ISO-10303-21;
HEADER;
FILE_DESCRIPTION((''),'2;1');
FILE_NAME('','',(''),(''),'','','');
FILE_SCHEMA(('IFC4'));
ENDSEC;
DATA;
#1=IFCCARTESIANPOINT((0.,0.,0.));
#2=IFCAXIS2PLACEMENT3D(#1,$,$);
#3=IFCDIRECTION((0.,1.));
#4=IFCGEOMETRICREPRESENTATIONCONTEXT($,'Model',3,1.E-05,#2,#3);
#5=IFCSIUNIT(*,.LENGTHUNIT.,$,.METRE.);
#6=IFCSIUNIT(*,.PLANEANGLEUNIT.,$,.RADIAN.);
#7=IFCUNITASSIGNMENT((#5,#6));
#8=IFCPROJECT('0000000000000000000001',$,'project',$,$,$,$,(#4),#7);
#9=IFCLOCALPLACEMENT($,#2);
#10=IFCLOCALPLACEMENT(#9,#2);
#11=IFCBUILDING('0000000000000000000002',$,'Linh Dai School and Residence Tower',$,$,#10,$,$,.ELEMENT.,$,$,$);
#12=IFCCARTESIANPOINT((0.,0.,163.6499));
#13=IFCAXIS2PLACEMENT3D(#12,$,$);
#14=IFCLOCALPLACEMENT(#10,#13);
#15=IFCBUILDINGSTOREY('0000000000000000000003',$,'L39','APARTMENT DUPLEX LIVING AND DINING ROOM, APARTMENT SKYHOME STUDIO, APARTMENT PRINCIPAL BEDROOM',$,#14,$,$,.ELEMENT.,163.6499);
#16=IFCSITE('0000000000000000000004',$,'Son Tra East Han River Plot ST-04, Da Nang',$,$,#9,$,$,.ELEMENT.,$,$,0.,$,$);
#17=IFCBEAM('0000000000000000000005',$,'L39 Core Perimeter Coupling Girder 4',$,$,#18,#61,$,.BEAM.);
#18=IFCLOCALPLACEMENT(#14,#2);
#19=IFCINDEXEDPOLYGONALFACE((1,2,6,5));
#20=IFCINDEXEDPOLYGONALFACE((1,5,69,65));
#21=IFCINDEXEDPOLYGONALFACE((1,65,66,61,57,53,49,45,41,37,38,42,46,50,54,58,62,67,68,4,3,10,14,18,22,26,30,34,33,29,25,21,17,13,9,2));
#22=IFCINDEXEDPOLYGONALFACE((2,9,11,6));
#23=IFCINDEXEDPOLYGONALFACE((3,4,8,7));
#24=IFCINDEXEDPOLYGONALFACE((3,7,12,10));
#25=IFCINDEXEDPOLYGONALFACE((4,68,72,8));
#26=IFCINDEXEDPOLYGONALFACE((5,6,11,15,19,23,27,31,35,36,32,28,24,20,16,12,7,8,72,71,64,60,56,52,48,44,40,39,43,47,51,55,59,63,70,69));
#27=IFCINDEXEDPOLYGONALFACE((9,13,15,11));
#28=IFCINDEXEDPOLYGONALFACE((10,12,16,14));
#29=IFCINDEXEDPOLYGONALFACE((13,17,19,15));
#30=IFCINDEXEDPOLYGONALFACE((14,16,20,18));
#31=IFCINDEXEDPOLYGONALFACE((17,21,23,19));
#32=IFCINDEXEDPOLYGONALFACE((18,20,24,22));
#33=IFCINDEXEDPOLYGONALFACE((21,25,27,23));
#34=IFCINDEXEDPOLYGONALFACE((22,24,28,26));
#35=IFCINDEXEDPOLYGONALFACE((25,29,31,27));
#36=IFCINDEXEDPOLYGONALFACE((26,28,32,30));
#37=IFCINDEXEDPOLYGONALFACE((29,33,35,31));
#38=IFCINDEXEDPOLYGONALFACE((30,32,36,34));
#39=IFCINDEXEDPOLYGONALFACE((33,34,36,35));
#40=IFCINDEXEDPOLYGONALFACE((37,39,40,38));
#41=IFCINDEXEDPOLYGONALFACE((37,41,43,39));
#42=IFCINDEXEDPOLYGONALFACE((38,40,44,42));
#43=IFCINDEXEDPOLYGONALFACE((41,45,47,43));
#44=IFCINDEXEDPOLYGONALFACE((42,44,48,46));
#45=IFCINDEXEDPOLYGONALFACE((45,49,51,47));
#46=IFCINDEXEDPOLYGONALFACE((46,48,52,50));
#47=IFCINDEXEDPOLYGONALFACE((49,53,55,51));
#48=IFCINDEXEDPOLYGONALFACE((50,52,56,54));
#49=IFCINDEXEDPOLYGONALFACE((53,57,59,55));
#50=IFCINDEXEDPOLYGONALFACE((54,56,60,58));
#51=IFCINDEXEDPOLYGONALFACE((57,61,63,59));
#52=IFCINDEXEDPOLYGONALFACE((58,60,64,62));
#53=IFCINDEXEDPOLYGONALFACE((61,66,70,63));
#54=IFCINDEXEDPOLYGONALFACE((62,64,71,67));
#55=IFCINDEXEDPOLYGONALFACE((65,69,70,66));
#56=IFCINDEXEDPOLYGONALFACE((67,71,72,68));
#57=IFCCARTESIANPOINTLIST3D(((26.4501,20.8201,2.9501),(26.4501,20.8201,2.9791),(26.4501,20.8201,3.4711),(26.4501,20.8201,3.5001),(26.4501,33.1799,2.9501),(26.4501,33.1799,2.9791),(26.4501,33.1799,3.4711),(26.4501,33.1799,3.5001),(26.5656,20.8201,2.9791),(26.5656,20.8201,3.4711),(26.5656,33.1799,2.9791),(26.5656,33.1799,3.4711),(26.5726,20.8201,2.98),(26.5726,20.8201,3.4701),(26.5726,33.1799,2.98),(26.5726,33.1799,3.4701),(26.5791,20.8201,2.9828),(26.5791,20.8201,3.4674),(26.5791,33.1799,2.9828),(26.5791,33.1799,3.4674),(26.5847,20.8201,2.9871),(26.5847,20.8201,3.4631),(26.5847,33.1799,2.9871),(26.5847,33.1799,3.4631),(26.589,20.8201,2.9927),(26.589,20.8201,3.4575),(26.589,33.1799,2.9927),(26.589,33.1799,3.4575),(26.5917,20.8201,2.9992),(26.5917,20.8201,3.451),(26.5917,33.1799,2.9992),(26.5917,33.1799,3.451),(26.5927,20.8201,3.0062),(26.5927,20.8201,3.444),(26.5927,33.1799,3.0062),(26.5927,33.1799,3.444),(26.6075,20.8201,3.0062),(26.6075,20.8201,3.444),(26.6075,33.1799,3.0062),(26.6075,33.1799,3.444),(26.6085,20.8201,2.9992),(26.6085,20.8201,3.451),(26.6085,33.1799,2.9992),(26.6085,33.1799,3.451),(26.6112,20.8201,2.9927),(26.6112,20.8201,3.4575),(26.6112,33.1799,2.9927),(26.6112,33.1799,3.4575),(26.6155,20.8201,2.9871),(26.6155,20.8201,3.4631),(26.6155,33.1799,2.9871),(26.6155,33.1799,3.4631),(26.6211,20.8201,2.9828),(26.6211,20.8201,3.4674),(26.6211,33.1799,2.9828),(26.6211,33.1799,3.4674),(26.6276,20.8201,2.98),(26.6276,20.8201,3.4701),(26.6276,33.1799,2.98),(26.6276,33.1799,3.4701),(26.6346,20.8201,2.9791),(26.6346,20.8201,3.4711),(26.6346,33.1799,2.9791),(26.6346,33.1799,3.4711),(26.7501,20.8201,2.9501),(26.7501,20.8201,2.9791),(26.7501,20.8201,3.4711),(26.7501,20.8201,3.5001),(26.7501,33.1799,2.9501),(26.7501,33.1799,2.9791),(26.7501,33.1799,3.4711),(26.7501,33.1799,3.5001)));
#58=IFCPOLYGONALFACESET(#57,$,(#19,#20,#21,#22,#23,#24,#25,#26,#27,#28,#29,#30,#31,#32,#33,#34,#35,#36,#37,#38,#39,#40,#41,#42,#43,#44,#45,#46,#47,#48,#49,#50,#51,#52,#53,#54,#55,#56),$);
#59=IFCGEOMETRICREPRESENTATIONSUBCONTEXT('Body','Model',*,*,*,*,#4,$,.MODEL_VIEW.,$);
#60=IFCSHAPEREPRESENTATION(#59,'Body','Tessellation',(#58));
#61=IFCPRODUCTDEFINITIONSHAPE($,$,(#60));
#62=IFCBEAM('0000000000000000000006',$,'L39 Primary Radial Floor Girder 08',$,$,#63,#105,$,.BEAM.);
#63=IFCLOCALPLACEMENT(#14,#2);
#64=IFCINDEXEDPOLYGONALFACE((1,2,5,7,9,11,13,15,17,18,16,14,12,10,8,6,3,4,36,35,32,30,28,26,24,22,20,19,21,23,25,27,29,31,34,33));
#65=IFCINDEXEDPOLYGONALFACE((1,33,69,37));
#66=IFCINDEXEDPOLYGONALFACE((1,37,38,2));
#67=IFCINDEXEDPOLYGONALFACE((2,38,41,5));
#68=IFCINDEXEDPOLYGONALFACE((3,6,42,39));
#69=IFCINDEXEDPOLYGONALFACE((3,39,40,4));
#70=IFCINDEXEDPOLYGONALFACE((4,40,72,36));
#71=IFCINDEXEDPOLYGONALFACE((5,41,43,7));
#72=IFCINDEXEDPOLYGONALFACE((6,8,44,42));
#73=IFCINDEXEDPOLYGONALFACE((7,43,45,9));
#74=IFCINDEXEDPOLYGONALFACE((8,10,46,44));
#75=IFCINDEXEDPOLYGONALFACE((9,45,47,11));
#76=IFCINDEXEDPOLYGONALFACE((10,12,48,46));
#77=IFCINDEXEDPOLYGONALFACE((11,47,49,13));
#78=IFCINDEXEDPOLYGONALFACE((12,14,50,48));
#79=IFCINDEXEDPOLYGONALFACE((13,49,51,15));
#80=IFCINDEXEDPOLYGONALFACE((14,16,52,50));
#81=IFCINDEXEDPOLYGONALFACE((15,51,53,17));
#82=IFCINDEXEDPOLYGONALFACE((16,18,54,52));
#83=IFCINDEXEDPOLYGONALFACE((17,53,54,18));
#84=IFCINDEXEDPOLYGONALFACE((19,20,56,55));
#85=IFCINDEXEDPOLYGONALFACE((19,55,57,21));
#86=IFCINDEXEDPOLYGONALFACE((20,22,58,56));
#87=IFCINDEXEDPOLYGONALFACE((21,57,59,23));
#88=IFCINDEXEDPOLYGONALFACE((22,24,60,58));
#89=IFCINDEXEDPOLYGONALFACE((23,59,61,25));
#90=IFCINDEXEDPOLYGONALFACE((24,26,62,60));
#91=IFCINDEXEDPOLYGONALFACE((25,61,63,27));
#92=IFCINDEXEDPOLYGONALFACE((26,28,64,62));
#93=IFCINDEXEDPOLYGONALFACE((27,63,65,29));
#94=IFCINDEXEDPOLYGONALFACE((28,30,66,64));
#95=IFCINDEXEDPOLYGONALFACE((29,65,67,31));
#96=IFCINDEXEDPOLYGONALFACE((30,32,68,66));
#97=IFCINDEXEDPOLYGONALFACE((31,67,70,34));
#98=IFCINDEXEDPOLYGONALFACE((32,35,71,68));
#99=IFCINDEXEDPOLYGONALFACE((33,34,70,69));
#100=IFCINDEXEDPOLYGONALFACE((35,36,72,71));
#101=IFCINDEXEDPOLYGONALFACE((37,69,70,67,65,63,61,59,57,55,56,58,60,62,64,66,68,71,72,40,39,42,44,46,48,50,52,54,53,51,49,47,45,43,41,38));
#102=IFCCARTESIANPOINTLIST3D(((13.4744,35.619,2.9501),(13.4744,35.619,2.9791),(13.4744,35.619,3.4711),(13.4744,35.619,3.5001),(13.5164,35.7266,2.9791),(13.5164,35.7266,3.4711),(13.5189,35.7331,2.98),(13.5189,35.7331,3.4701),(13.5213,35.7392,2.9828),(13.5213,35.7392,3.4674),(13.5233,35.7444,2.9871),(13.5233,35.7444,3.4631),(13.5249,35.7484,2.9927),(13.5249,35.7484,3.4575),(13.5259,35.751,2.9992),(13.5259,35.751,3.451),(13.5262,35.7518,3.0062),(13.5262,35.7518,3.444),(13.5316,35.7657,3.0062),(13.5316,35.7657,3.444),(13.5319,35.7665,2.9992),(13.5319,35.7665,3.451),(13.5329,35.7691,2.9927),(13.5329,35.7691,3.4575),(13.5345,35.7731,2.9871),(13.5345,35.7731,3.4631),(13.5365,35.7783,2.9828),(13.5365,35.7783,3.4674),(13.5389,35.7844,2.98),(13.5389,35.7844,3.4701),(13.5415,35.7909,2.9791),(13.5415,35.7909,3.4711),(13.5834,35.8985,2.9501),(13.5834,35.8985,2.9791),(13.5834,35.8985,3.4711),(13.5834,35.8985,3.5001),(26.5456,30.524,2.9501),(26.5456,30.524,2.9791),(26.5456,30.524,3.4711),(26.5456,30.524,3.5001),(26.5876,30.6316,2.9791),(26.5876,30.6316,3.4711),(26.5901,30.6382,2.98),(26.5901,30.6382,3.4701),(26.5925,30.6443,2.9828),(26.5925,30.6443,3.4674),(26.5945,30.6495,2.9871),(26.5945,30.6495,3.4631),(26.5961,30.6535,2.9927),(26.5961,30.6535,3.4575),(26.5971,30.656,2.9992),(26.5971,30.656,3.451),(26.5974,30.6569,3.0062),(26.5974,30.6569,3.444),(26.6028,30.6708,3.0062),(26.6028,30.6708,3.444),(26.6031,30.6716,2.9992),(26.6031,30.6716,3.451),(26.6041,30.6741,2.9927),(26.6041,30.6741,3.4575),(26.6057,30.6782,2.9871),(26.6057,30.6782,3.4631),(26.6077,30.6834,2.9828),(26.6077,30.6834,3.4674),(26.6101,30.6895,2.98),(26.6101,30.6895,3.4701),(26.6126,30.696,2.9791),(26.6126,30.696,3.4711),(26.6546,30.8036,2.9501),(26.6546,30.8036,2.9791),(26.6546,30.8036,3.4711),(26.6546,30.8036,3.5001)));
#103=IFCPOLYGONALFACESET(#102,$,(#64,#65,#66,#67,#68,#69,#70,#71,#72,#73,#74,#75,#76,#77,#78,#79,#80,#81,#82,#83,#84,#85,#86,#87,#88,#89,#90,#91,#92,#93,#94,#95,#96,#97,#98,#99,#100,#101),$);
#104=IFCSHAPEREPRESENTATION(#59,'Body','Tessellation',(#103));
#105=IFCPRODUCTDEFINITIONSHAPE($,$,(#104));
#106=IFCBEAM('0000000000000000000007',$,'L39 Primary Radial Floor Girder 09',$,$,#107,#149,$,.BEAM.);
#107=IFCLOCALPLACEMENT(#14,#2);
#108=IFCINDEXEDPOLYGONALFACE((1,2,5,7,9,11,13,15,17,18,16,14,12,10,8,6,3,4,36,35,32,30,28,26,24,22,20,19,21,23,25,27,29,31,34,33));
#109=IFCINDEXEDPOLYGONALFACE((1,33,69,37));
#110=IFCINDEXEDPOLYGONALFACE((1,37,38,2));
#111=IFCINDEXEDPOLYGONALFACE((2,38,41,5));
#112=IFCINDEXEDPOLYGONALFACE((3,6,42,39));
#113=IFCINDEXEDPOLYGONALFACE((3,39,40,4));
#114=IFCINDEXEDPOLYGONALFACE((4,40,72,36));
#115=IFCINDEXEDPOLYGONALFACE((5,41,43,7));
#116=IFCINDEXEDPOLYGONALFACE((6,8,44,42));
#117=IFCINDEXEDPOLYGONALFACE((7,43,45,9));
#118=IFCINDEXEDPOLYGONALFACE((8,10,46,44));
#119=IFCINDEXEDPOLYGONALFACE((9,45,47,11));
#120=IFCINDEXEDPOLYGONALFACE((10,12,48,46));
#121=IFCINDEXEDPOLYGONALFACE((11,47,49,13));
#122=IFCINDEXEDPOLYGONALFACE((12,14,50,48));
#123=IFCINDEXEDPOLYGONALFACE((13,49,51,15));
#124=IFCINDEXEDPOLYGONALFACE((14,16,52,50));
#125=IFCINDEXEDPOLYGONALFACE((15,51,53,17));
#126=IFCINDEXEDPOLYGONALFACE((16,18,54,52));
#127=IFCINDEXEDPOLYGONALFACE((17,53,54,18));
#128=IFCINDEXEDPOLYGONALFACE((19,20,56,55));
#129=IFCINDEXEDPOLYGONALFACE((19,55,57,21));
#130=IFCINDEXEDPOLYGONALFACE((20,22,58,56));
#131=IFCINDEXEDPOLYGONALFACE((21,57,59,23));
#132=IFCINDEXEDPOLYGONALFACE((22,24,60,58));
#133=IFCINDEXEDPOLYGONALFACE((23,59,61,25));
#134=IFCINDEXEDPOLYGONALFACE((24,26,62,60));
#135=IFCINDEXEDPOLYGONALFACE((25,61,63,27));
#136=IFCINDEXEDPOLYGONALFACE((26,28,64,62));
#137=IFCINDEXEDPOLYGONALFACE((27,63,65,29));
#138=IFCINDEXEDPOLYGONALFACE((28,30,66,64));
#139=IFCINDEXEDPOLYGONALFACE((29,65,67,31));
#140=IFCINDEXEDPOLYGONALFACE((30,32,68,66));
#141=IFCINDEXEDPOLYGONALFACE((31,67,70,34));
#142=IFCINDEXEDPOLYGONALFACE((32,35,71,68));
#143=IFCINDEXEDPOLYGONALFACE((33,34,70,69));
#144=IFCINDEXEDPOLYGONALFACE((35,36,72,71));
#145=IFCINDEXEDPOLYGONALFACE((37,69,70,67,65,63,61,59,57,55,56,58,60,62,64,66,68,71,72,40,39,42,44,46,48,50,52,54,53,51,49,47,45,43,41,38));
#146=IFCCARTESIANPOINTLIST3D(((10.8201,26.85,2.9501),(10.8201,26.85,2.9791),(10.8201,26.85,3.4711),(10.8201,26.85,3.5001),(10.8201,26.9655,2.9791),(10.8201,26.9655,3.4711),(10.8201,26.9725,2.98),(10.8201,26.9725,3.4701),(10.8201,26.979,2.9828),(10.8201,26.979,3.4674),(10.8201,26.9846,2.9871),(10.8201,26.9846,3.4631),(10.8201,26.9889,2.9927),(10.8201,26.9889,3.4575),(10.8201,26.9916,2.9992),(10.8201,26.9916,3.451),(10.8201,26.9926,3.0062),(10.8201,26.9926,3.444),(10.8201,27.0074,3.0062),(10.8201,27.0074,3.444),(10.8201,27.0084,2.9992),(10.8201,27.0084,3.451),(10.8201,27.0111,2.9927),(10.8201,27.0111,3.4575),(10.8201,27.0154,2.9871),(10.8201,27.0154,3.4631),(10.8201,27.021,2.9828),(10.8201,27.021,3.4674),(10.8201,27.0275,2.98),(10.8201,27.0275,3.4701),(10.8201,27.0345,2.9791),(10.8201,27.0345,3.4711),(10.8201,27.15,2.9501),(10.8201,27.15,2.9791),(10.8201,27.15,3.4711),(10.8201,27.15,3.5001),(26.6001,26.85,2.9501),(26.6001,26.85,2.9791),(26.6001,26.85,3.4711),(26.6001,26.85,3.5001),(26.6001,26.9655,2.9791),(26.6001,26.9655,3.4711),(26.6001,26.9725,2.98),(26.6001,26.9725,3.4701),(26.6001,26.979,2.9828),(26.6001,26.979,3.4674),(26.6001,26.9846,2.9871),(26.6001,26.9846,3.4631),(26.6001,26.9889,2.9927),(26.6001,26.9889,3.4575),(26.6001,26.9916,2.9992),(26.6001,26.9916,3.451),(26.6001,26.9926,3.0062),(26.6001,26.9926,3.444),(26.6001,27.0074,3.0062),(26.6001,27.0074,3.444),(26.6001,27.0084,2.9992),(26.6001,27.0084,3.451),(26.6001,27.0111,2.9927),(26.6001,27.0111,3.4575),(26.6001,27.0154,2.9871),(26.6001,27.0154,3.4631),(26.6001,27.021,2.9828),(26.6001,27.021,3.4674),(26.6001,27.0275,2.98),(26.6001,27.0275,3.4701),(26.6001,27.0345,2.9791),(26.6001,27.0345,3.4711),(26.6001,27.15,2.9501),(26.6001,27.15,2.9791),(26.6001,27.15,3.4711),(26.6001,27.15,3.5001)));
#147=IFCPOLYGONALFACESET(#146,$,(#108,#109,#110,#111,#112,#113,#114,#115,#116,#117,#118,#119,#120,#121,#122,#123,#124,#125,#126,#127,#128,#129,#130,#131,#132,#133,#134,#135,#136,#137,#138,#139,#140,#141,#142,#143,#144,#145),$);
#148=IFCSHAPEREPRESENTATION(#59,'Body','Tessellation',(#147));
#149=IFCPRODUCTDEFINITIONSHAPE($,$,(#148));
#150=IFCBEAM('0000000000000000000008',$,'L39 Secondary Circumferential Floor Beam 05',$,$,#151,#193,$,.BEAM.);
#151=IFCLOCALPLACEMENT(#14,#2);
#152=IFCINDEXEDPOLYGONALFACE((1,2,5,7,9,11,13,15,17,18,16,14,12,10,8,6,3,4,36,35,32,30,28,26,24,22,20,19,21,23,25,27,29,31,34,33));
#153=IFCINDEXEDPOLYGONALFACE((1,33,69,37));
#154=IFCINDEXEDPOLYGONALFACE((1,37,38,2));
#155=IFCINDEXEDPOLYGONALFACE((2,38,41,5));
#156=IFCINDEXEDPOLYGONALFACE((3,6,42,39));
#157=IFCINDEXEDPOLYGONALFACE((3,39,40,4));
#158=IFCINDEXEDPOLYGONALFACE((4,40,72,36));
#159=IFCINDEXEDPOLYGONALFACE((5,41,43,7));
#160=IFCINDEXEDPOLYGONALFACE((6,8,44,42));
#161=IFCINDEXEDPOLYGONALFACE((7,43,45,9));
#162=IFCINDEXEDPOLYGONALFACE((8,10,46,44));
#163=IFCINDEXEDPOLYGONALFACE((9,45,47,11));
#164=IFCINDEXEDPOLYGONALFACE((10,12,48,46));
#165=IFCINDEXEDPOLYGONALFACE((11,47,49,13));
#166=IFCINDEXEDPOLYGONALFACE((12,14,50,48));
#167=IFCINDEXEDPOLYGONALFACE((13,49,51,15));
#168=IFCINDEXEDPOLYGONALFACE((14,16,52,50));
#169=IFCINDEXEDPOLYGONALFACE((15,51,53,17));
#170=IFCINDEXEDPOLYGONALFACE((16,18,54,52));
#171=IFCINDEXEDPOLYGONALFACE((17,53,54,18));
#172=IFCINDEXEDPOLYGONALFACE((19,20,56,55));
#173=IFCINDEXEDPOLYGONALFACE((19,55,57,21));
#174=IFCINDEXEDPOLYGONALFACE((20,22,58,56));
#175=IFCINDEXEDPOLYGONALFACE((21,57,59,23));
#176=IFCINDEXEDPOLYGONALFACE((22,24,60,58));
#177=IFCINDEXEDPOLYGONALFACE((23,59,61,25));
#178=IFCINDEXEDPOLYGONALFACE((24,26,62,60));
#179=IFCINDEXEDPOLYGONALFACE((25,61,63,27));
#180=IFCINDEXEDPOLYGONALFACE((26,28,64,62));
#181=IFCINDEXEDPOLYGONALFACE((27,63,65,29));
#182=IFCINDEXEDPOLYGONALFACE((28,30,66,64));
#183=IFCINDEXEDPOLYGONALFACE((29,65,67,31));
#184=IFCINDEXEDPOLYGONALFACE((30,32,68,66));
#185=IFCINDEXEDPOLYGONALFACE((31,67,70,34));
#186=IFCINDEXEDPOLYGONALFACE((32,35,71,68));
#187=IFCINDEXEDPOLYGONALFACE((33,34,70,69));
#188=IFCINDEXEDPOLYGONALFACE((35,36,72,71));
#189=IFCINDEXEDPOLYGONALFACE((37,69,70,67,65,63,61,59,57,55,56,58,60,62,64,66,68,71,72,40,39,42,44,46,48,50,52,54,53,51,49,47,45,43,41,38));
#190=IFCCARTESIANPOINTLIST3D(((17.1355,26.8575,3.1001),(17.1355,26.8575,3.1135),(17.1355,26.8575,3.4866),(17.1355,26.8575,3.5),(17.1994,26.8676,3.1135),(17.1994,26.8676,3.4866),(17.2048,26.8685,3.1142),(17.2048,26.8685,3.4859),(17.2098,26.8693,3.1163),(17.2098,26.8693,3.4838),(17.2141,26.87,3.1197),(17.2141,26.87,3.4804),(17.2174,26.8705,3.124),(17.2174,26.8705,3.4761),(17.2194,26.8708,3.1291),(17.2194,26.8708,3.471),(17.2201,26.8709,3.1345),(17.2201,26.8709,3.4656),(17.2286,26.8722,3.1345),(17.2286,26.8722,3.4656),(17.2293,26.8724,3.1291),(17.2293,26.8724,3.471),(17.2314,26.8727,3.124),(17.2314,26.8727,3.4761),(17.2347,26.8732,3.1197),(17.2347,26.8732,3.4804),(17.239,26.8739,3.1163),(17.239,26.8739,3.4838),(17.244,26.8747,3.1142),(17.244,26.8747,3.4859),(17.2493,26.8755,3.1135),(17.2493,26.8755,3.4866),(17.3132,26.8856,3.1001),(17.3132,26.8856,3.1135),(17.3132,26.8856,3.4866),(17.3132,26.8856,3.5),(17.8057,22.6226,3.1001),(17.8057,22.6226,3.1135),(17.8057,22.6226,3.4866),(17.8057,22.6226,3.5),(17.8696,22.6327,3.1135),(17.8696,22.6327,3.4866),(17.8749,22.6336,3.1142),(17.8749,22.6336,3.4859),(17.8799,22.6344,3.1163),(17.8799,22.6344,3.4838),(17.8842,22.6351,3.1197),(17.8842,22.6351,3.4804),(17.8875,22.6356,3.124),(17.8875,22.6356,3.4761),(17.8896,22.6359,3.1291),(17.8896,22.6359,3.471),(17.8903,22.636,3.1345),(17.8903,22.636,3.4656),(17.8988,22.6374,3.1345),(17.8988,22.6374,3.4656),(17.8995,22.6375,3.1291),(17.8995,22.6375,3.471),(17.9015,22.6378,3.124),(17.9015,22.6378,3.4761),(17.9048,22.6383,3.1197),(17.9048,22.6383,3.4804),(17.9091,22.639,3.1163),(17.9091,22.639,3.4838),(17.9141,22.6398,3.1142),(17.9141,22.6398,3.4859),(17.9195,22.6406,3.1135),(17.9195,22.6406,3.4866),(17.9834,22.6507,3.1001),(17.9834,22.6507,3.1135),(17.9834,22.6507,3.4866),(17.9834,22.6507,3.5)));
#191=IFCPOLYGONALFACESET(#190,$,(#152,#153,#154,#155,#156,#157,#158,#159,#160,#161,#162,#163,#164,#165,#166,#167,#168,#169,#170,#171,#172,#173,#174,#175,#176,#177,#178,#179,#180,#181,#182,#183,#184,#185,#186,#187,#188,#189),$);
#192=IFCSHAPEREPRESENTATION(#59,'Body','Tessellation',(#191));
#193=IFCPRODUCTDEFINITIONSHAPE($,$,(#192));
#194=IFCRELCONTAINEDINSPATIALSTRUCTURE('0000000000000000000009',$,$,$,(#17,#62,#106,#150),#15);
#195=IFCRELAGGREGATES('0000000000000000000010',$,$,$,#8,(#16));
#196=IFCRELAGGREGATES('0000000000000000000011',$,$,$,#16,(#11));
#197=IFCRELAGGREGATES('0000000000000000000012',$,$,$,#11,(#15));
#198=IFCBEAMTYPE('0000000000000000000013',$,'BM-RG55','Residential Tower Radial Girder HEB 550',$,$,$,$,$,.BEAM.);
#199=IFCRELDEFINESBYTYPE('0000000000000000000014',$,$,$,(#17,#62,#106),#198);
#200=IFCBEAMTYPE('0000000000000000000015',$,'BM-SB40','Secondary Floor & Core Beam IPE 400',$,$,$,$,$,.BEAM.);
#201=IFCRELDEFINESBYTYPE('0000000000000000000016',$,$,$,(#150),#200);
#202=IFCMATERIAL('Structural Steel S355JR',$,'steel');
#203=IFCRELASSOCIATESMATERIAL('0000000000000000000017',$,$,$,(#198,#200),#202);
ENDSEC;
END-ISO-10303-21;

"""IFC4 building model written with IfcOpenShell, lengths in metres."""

from ifc_helpers import new_model, si_unit, direction, frame, origin, origin_2d, place, context, subcontext, project, spatial, i_section, extrude, material, material_profile, profile_set, type_object, element, save


model = new_model("IFC4")

# Units and contexts
model_context = context("Model", 3, precision=1e-05, world=origin(), true_north=direction((0.0, 1.0)))
body_context = subcontext(model_context, "Body", "Model", "MODEL_VIEW")
ifc_project = project(units=[si_unit("LENGTHUNIT", "METRE"), si_unit("PLANEANGLEUNIT", "RADIAN")], contexts=[model_context])

# Site, building, storey
site_placement = place(None, origin())
site = spatial("IfcSite", under=ifc_project, at=site_placement, Name="Son Tra East Han River Plot ST-04, Da Nang", CompositionType="ELEMENT", RefElevation=0.0)
building_placement = place(site_placement, origin())
building = spatial("IfcBuilding", under=site, at=building_placement, Name="Linh Dai School and Residence Tower", CompositionType="ELEMENT")
storey_placement = place(building_placement, frame((0.0, 0.0, 163.6499)))
storey = spatial("IfcBuildingStorey", under=building, at=storey_placement, Name="L39", Description="APARTMENT DUPLEX LIVING AND DINING ROOM, APARTMENT SKYHOME STUDIO, APARTMENT PRINCIPAL BEDROOM", CompositionType="ELEMENT", Elevation=163.6499)

# Shared definitions
ifc_material_1 = material(Name="Structural Steel S355JR", Category="steel")

# Beams
ifc_material_profile_1 = material_profile(ifc_material_1, i_section(OverallWidth=0.3, OverallDepth=0.55, WebThickness=0.0149, FlangeThickness=0.0291, FilletRadius=0.0271, at=origin_2d()), Name="HEB 550")
ifc_profile_set_1 = profile_set([ifc_material_profile_1], Name="Structural Steel S355JR")
beam_type_1 = type_object("IfcBeamType", Name="BM-RG55", Description="Residential Tower Radial Girder HEB 550", PredefinedType="BEAM", material=ifc_profile_set_1)
beam_1_placement = place(storey_placement, frame((26.6001, 33.1799, 3.2251), z_axis=(0.0, -1.0, 0.0), x_axis=(1.0, 0.0, 0.0)))
element("IfcBeam", 1, at=beam_1_placement, inside=storey, type_object=beam_type_1, Name="L39 Core Perimeter Coupling Girder 4", PredefinedType="BEAM", context=body_context, shape_type="SweptSolid", body=[
    extrude(i_section(OverallWidth=0.3, OverallDepth=0.55, WebThickness=0.0149, FlangeThickness=0.0291, FilletRadius=0.0271, at=origin_2d()), origin(), (0.0, 0.0, 1.0), 12.3599),
])
beam_2_placement = place(storey_placement, frame((26.6001, 30.6638, 3.2251), z_axis=(-0.931723, 0.36317, 0.0), x_axis=(-0.36317, -0.931723, 0.0)))
element("IfcBeam", 2, at=beam_2_placement, inside=storey, type_object=beam_type_1, Name="L39 Primary Radial Floor Girder 08", PredefinedType="BEAM", context=body_context, shape_type="SweptSolid", body=[
    extrude(i_section(OverallWidth=0.3, OverallDepth=0.55, WebThickness=0.0149, FlangeThickness=0.0291, FilletRadius=0.0271, at=origin_2d()), origin(), (0.0, 0.0, 1.0), 14.0291),
])
beam_3_placement = place(storey_placement, frame((26.6001, 27.0, 3.2251), z_axis=(-1.0, 0.0, 0.0), x_axis=(0.0, -1.0, 0.0)))
element("IfcBeam", 3, at=beam_3_placement, inside=storey, type_object=beam_type_1, Name="L39 Primary Radial Floor Girder 09", PredefinedType="BEAM", context=body_context, shape_type="SweptSolid", body=[
    extrude(i_section(OverallWidth=0.3, OverallDepth=0.55, WebThickness=0.0149, FlangeThickness=0.0291, FilletRadius=0.0271, at=origin_2d()), origin(), (0.0, 0.0, 1.0), 15.78),
])
ifc_material_profile_2 = material_profile(ifc_material_1, i_section(OverallWidth=0.1799, OverallDepth=0.3999, WebThickness=0.0085, FlangeThickness=0.0134, FilletRadius=0.021, at=origin_2d()), Name="IPE 400")
ifc_profile_set_2 = profile_set([ifc_material_profile_2], Name="Structural Steel S355JR")
beam_type_2 = type_object("IfcBeamType", Name="BM-SB40", Description="Secondary Floor & Core Beam IPE 400", PredefinedType="BEAM", material=ifc_profile_set_2)
beam_4_placement = place(storey_placement, frame((17.2244, 26.8716, 3.3), z_axis=(0.156305, -0.987709, 0.0), x_axis=(0.987709, 0.156305, 0.0)))
element("IfcBeam", 4, at=beam_4_placement, inside=storey, type_object=beam_type_2, Name="L39 Secondary Circumferential Floor Beam 05", PredefinedType="BEAM", context=body_context, shape_type="SweptSolid", body=[
    extrude(i_section(OverallWidth=0.1799, OverallDepth=0.3999, WebThickness=0.0085, FlangeThickness=0.0134, FilletRadius=0.021, at=origin_2d()), origin(), (0.0, 0.0, 1.0), 4.2876),
])

save(model, "model.ifc")
